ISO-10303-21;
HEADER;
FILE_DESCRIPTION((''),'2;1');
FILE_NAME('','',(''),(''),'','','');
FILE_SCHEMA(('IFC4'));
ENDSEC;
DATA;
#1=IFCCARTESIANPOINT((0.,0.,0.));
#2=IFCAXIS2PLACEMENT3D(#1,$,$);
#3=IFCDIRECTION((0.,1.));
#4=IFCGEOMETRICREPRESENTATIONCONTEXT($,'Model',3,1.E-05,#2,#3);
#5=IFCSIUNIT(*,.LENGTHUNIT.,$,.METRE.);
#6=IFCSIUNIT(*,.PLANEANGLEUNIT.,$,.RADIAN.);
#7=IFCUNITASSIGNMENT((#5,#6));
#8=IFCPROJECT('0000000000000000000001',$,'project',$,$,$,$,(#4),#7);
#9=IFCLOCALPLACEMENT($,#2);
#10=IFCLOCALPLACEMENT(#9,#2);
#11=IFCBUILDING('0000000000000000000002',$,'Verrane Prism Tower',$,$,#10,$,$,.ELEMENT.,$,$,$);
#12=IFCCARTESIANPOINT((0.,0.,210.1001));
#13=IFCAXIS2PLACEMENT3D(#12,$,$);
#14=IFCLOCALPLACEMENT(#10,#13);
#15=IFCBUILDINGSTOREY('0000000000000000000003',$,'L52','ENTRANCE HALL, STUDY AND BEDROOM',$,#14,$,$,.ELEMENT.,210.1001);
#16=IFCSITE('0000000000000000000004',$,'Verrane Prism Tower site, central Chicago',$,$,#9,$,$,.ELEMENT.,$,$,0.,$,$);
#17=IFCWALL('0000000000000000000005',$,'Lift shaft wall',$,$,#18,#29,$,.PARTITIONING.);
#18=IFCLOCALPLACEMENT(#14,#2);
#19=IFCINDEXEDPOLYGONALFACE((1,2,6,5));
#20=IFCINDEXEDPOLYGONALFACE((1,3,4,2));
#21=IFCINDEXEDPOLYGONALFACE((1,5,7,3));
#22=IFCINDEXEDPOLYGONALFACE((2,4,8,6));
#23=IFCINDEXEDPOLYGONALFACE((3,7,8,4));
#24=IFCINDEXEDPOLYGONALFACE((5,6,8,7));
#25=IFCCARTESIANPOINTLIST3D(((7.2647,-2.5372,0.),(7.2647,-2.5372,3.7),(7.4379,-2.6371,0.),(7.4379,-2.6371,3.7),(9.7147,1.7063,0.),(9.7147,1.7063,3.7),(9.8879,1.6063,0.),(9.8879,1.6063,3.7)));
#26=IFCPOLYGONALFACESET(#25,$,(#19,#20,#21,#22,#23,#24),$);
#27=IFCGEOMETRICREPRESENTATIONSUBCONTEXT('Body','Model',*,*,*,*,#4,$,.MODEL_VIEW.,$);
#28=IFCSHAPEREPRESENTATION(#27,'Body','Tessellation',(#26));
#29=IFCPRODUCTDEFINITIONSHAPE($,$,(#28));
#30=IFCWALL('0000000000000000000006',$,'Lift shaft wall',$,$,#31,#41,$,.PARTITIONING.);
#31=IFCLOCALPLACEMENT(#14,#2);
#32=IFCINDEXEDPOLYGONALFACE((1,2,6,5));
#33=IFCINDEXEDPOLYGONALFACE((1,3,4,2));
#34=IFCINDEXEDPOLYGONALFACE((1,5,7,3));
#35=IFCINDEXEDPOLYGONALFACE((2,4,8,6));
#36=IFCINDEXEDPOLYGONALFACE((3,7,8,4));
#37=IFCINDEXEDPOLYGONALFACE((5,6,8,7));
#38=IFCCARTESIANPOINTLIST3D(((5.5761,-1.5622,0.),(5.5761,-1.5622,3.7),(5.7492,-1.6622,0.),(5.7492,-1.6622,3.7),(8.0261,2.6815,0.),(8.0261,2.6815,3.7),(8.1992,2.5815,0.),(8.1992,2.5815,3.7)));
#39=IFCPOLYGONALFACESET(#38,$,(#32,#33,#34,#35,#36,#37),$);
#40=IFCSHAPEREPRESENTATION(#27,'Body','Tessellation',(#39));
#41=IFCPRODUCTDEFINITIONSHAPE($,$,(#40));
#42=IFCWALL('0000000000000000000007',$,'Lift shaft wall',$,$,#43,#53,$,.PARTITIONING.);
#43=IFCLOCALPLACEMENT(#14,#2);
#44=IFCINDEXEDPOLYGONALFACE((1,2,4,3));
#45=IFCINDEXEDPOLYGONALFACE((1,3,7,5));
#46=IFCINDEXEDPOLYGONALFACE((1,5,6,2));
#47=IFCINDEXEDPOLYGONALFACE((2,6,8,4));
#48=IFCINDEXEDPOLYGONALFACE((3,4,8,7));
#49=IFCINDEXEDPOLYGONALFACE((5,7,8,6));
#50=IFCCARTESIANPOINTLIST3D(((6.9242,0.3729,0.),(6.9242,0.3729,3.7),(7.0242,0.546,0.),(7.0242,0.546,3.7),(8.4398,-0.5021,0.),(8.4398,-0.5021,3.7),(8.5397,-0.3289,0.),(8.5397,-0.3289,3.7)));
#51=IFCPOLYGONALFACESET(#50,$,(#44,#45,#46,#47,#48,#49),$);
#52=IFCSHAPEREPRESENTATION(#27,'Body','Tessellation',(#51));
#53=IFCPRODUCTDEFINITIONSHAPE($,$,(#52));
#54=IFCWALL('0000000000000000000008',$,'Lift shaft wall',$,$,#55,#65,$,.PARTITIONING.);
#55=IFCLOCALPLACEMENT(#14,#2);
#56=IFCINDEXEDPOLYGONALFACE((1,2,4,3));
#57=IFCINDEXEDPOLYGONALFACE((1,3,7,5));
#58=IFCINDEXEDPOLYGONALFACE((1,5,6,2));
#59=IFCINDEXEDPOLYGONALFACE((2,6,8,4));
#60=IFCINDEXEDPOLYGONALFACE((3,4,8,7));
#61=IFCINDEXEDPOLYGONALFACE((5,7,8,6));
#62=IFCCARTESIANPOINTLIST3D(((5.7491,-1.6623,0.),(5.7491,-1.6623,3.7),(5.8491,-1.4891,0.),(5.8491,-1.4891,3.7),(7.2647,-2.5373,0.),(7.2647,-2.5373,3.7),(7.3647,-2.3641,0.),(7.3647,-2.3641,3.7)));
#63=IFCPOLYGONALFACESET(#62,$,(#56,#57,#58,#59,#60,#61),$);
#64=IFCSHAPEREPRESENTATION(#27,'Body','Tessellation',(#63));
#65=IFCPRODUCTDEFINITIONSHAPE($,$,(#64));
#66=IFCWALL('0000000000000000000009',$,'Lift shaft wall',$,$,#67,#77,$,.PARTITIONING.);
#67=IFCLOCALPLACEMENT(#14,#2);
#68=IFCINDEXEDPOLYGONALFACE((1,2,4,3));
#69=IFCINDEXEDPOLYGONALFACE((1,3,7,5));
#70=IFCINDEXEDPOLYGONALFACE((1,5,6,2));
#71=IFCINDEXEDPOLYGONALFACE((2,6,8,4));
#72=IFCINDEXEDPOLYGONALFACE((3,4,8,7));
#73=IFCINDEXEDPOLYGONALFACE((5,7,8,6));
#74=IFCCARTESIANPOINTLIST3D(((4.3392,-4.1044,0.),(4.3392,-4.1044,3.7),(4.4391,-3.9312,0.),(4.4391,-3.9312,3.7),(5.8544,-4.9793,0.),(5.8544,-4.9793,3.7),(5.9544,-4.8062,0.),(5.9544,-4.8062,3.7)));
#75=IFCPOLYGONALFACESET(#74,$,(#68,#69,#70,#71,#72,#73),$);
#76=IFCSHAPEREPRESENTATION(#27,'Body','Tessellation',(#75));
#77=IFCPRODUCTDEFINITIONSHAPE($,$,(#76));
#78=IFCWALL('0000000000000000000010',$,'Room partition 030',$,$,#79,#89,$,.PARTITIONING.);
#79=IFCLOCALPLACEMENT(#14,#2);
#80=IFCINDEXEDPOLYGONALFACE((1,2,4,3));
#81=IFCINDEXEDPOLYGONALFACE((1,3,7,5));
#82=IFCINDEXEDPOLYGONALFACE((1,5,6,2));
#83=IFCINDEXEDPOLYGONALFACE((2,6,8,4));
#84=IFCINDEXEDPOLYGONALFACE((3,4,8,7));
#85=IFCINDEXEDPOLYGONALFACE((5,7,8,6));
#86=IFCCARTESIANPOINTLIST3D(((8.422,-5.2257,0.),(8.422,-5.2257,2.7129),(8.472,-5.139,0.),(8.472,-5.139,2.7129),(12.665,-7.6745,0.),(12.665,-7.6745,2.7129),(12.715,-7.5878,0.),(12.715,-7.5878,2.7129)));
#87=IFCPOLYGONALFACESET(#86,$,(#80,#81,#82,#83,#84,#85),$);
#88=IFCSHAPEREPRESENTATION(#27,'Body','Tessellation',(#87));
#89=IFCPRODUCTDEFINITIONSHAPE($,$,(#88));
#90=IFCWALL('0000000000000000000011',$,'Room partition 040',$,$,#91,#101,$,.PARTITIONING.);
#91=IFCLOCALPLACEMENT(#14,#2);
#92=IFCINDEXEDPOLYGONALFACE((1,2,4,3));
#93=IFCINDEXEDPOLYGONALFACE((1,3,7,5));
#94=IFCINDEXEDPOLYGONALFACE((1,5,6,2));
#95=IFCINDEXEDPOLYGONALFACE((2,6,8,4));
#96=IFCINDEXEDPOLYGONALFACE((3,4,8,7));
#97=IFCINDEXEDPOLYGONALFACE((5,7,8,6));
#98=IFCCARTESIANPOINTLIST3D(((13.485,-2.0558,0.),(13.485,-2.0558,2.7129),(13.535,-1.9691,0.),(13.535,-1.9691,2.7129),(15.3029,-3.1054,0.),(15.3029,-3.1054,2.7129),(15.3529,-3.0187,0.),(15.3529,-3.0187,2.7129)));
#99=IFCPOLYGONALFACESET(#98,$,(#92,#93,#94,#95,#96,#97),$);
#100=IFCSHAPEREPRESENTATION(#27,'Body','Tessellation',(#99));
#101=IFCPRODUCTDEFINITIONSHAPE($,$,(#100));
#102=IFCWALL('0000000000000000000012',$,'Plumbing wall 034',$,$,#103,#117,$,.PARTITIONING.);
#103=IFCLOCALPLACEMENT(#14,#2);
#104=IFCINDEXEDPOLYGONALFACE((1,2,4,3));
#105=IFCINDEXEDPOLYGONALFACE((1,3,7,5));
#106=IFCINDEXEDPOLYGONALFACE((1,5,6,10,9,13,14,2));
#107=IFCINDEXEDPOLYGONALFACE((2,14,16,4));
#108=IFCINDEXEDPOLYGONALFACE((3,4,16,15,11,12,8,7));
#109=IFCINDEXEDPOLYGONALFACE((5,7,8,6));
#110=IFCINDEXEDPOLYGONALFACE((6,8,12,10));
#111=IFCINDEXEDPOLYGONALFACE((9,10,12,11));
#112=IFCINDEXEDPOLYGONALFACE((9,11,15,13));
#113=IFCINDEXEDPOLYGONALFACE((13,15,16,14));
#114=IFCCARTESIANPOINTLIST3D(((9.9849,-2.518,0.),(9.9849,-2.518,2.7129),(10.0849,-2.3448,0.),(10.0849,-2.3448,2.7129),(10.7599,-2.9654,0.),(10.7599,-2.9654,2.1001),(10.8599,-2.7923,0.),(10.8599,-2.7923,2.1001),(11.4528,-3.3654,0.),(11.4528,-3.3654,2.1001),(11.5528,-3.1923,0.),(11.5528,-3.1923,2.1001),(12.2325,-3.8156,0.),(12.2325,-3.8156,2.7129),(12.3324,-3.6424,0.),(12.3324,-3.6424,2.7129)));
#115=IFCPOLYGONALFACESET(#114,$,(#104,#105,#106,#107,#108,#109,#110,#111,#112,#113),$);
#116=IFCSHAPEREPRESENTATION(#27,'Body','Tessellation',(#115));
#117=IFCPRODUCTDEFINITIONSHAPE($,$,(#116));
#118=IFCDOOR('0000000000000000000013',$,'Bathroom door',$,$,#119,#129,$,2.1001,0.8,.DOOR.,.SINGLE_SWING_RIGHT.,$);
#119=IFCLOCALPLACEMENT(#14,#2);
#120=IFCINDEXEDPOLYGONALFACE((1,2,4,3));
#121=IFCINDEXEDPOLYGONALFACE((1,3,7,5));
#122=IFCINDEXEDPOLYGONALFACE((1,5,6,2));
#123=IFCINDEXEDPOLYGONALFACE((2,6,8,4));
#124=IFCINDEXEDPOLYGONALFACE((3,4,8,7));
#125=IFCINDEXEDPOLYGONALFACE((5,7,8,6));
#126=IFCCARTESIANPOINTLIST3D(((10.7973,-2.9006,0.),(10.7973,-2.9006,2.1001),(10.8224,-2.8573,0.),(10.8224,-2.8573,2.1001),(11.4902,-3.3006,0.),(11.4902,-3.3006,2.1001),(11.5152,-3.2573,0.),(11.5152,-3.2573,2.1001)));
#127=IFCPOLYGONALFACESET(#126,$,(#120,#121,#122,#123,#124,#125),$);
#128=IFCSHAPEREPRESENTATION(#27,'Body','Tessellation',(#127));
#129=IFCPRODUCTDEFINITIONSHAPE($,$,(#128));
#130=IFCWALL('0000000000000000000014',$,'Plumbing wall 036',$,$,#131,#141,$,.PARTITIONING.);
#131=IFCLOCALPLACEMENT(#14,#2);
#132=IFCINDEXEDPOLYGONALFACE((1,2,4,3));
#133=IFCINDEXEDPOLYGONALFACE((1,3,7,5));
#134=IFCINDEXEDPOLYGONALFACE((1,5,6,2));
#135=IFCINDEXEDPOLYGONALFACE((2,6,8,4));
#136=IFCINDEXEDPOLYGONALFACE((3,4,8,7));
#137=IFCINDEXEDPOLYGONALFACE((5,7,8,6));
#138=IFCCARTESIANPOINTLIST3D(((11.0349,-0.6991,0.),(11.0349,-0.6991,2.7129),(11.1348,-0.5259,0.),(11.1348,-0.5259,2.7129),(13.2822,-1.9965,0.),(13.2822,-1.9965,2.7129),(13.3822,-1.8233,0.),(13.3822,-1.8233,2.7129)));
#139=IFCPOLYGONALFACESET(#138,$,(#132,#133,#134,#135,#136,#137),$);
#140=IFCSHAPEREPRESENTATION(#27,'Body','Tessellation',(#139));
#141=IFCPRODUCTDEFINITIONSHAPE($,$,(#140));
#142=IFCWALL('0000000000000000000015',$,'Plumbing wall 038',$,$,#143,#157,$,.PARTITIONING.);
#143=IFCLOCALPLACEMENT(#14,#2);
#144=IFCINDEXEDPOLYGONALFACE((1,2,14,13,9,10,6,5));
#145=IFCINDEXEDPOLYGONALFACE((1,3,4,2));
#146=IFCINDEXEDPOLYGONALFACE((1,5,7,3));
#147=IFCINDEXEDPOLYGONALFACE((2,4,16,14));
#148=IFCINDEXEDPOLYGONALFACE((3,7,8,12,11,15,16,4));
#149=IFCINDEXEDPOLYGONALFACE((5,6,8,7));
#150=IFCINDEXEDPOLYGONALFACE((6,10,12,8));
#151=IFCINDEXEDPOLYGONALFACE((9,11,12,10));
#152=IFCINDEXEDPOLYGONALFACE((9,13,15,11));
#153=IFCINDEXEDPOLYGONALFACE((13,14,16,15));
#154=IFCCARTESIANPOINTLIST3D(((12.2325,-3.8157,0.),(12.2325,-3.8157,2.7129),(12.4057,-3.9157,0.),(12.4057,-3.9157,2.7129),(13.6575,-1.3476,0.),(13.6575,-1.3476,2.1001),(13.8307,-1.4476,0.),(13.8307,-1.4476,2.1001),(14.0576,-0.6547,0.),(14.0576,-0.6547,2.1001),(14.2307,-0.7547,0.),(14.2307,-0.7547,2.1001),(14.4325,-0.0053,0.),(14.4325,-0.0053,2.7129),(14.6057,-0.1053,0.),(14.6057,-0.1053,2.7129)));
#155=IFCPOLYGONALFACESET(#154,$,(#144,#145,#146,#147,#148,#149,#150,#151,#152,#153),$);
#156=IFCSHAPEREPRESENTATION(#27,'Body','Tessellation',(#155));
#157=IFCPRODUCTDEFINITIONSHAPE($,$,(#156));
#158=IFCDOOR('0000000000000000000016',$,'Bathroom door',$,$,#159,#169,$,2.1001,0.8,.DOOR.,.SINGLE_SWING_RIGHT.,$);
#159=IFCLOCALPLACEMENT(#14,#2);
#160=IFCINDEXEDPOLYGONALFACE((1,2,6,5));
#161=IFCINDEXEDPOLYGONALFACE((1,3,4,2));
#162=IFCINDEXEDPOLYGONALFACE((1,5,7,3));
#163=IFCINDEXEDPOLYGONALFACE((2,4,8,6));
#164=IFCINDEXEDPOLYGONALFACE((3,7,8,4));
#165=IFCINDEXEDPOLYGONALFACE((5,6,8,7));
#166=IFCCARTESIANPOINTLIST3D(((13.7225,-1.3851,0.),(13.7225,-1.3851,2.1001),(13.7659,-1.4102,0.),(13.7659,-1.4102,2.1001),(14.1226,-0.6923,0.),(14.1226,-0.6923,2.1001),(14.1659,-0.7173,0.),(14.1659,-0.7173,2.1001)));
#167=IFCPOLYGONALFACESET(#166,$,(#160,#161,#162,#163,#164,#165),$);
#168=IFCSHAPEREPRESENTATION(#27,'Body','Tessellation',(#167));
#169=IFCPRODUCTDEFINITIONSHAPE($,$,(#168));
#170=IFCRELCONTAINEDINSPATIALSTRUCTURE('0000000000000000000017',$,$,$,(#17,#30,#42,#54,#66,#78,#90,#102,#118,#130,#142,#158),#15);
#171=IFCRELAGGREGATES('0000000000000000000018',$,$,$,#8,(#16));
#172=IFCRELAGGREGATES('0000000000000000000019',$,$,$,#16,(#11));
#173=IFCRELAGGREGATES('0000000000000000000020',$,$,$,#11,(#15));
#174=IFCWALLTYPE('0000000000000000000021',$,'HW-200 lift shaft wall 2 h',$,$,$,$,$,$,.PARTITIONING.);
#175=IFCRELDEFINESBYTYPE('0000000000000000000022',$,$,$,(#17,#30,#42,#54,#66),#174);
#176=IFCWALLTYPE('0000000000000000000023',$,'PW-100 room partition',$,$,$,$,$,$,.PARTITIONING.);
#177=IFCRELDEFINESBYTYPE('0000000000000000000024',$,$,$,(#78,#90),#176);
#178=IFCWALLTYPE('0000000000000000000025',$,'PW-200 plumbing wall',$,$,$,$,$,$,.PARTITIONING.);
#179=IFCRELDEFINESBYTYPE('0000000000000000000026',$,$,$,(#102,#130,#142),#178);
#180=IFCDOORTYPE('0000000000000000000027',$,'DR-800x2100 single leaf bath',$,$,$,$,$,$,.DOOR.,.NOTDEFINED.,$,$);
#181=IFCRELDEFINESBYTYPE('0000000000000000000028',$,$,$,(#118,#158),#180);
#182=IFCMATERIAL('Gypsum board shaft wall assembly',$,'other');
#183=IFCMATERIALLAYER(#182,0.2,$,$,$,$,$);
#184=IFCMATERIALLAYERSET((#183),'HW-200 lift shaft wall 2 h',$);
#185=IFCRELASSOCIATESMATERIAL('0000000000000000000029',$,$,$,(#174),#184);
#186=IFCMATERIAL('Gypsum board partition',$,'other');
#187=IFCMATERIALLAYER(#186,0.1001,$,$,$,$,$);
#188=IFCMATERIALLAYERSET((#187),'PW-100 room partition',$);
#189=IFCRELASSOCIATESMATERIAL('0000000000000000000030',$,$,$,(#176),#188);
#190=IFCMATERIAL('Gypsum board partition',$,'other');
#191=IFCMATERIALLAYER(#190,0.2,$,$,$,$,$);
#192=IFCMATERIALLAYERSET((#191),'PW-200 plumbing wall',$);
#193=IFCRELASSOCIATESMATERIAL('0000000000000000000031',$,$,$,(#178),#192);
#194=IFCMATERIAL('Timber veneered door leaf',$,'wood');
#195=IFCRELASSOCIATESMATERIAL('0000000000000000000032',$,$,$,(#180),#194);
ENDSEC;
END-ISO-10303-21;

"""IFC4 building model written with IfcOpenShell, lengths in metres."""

from ifc_helpers import new_model, si_unit, direction, frame, frame_2d, origin, place, context, subcontext, project, spatial, rectangle, extrude, material, layer, layer_set, type_object, element, fill, save


model = new_model("IFC4")

# Units and contexts
model_context = context("Model", 3, precision=1e-05, world=origin(), true_north=direction((0.0, 1.0)))
body_context = subcontext(model_context, "Body", "Model", "MODEL_VIEW")
ifc_project = project(units=[si_unit("LENGTHUNIT", "METRE"), si_unit("PLANEANGLEUNIT", "RADIAN")], contexts=[model_context])

# Site, building, storey
site_placement = place(None, origin())
site = spatial("IfcSite", under=ifc_project, at=site_placement, Name="Verrane Prism Tower site, central Chicago", CompositionType="ELEMENT", RefElevation=0.0)
building_placement = place(site_placement, origin())
building = spatial("IfcBuilding", under=site, at=building_placement, Name="Verrane Prism Tower", CompositionType="ELEMENT")
storey_placement = place(building_placement, frame((0.0, 0.0, 210.1001)))
storey = spatial("IfcBuildingStorey", under=building, at=storey_placement, Name="L52", Description="ENTRANCE HALL, STUDY AND BEDROOM", CompositionType="ELEMENT", Elevation=210.1001)

# Walls
ifc_material_1 = material(Name="Gypsum board shaft wall assembly", Category="other")
ifc_layer_1 = layer(ifc_material_1, 0.2)
ifc_layer_set_1 = layer_set([ifc_layer_1], Name="HW-200 lift shaft wall 2 h")
wall_type_1 = type_object("IfcWallType", Name="HW-200 lift shaft wall 2 h", PredefinedType="PARTITIONING", material=ifc_layer_set_1)
wall_1_placement = place(storey_placement, frame((7.3513, -2.5872, 0.0), z_axis=(0.0, 0.0, 1.0), x_axis=(0.500003, 0.866024, 0.0)))
element("IfcWall", 1, at=wall_1_placement, inside=storey, type_object=wall_type_1, Name="Lift shaft wall", PredefinedType="PARTITIONING", context=body_context, shape_type="SweptSolid", body=[
    extrude(rectangle(XDim=4.8999, YDim=0.2, at=frame_2d((2.45, 0.0))), origin(), (0.0, 0.0, 1.0), 3.7),
])
wall_2_placement = place(storey_placement, frame((5.6626, -1.6123, 0.0), z_axis=(0.0, 0.0, 1.0), x_axis=(0.499981, 0.866036, 0.0)))
element("IfcWall", 2, at=wall_2_placement, inside=storey, type_object=wall_type_1, Name="Lift shaft wall", PredefinedType="PARTITIONING", context=body_context, shape_type="SweptSolid", body=[
    extrude(rectangle(XDim=4.9001, YDim=0.2, at=frame_2d((2.4502, 0.0))), origin(), (0.0, 0.0, 1.0), 3.7),
])
for number, where, z_axis, x_axis, name in (
    (3, (8.4897, -0.4155, 0.0), (0.0, 0.0, 1.0), (-0.866037, 0.49998, 0.0), "Lift shaft wall"),
    (4, (7.3147, -2.4507, 0.0), (0.0, 0.0, 1.0), (-0.866037, 0.49998, 0.0), "Lift shaft wall"),
):
    element("IfcWall", number, at=place(storey_placement, frame(where, z_axis=z_axis, x_axis=x_axis)), inside=storey, type_object=wall_type_1, Name=name, PredefinedType="PARTITIONING", context=body_context, shape_type="SweptSolid", body=[
        extrude(rectangle(XDim=1.75, YDim=0.2, at=frame_2d((0.875, 0.0))), origin(), (0.0, 0.0, 1.0), 3.7),
    ])
wall_3_placement = place(storey_placement, frame((5.9045, -4.8928, 0.0), z_axis=(0.0, 0.0, 1.0), x_axis=(-0.866002, 0.50004, 0.0)))
element("IfcWall", 5, at=wall_3_placement, inside=storey, type_object=wall_type_1, Name="Lift shaft wall", PredefinedType="PARTITIONING", context=body_context, shape_type="SweptSolid", body=[
    extrude(rectangle(XDim=1.7498, YDim=0.2, at=frame_2d((0.875, 0.0))), origin(), (0.0, 0.0, 1.0), 3.7),
])
ifc_material_2 = material(Name="Gypsum board partition", Category="other")
ifc_layer_2 = layer(ifc_material_2, 0.1001)
ifc_layer_set_2 = layer_set([ifc_layer_2], Name="PW-100 room partition")
wall_type_2 = type_object("IfcWallType", Name="PW-100 room partition", PredefinedType="PARTITIONING", material=ifc_layer_set_2)
wall_4_placement = place(storey_placement, frame((8.447, -5.1824, 0.0), z_axis=(0.0, 0.0, 1.0), x_axis=(0.866107, -0.499859, 0.0)))
element("IfcWall", 6, at=wall_4_placement, inside=storey, type_object=wall_type_2, Name="Room partition 030", PredefinedType="PARTITIONING", context=body_context, shape_type="SweptSolid", body=[
    extrude(rectangle(XDim=4.8989, YDim=0.1001, at=frame_2d((2.4495, 0.0))), origin(), (0.0, 0.0, 1.0), 2.7129),
])
wall_5_placement = place(storey_placement, frame((13.51, -2.0125, 0.0), z_axis=(0.0, 0.0, 1.0), x_axis=(0.866023, -0.500004, 0.0)))
element("IfcWall", 7, at=wall_5_placement, inside=storey, type_object=wall_type_2, Name="Room partition 040", PredefinedType="PARTITIONING", context=body_context, shape_type="SweptSolid", body=[
    extrude(rectangle(XDim=2.0991, YDim=0.1001, at=frame_2d((1.0496, 0.0))), origin(), (0.0, 0.0, 1.0), 2.7129),
])

# Wall, opening, door
ifc_material_3 = material(Name="Gypsum board partition", Category="other")
ifc_layer_3 = layer(ifc_material_3, 0.2)
ifc_layer_set_3 = layer_set([ifc_layer_3], Name="PW-200 plumbing wall")
wall_type_3 = type_object("IfcWallType", Name="PW-200 plumbing wall", PredefinedType="PARTITIONING", material=ifc_layer_set_3)
wall_6_placement = place(storey_placement, frame((10.0349, -2.4314, 0.0), z_axis=(0.0, 0.0, 1.0), x_axis=(0.866029, -0.499994, 0.0)))
wall_6 = element("IfcWall", 8, at=wall_6_placement, inside=storey, type_object=wall_type_3, Name="Plumbing wall 034", PredefinedType="PARTITIONING", context=body_context, shape_type="SweptSolid", body=[
    extrude(rectangle(XDim=2.5952, YDim=0.2, at=frame_2d((1.2976, 0.0))), origin(), (0.0, 0.0, 1.0), 2.7129),
])
opening_1_placement = place(wall_6_placement, frame((0.895, 0.0, 0.0)))
opening_1 = element("IfcOpeningElement", 9, at=opening_1_placement, cuts=wall_6, PredefinedType="OPENING", context=body_context, shape_type="SweptSolid", body=[
    extrude(rectangle(XDim=0.8, YDim=2.1001, at=frame_2d((0.3999, 1.05))), frame((0.0, 0.1099, 0.0), z_axis=(0.0, -1.0, 0.0), x_axis=(1.0, 0.0, 0.0)), (0.0, 0.0, 1.0), 0.22),
])
ifc_material_4 = material(Name="Timber veneered door leaf", Category="wood")
door_type = type_object("IfcDoorType", Name="DR-800x2100 single leaf bath", OperationType="NOTDEFINED", PredefinedType="DOOR", material=ifc_material_4)
door_1_placement = place(opening_1_placement, origin())
door_1 = element("IfcDoor", 10, at=door_1_placement, inside=storey, type_object=door_type, Name="Bathroom door", OperationType="SINGLE_SWING_RIGHT", OverallHeight=2.1001, OverallWidth=0.8, PredefinedType="DOOR", context=body_context, shape_type="SweptSolid", body=[
    extrude(rectangle(XDim=0.8, YDim=2.1001, at=frame_2d((0.3999, 1.05))), frame((0.0, 0.0249, 0.0), z_axis=(0.0, -1.0, 0.0), x_axis=(1.0, 0.0, 0.0)), (0.0, 0.0, 1.0), 0.05),
])
fill(opening_1, door_1)

# Wall
wall_7_placement = place(storey_placement, frame((11.085, -0.6125, 0.0), z_axis=(0.0, 0.0, 1.0), x_axis=(0.866046, -0.499964, 0.0)))
element("IfcWall", 11, at=wall_7_placement, inside=storey, type_object=wall_type_3, Name="Plumbing wall 036", PredefinedType="PARTITIONING", context=body_context, shape_type="SweptSolid", body=[
    extrude(rectangle(XDim=2.595, YDim=0.2, at=frame_2d((1.2974, 0.0))), origin(), (0.0, 0.0, 1.0), 2.7129),
])

# Wall, opening, door
wall_8_placement = place(storey_placement, frame((12.3191, -3.8657, 0.0), z_axis=(0.0, 0.0, 1.0), x_axis=(0.500012, 0.866018, 0.0)))
wall_8 = element("IfcWall", 12, at=wall_8_placement, inside=storey, type_object=wall_type_3, Name="Plumbing wall 038", PredefinedType="PARTITIONING", context=body_context, shape_type="SweptSolid", body=[
    extrude(rectangle(XDim=4.3999, YDim=0.2, at=frame_2d((2.2, 0.0))), origin(), (0.0, 0.0, 1.0), 2.7129),
])
opening_2_placement = place(wall_8_placement, frame((2.8501, 0.0, 0.0)))
opening_2 = element("IfcOpeningElement", 13, at=opening_2_placement, cuts=wall_8, PredefinedType="OPENING", context=body_context, shape_type="SweptSolid", body=[
    extrude(rectangle(XDim=0.8, YDim=2.1001, at=frame_2d((0.3999, 1.05))), frame((0.0, 0.1099, 0.0), z_axis=(0.0, -1.0, 0.0), x_axis=(1.0, 0.0, 0.0)), (0.0, 0.0, 1.0), 0.22),
])
door_2_placement = place(opening_2_placement, origin())
door_2 = element("IfcDoor", 14, at=door_2_placement, inside=storey, type_object=door_type, Name="Bathroom door", OperationType="SINGLE_SWING_RIGHT", OverallHeight=2.1001, OverallWidth=0.8, PredefinedType="DOOR", context=body_context, shape_type="SweptSolid", body=[
    extrude(rectangle(XDim=0.8, YDim=2.1001, at=frame_2d((0.3999, 1.05))), frame((0.0, 0.0249, 0.0), z_axis=(0.0, -1.0, 0.0), x_axis=(1.0, 0.0, 0.0)), (0.0, 0.0, 1.0), 0.05),
])
fill(opening_2, door_2)

save(model, "model.ifc")
